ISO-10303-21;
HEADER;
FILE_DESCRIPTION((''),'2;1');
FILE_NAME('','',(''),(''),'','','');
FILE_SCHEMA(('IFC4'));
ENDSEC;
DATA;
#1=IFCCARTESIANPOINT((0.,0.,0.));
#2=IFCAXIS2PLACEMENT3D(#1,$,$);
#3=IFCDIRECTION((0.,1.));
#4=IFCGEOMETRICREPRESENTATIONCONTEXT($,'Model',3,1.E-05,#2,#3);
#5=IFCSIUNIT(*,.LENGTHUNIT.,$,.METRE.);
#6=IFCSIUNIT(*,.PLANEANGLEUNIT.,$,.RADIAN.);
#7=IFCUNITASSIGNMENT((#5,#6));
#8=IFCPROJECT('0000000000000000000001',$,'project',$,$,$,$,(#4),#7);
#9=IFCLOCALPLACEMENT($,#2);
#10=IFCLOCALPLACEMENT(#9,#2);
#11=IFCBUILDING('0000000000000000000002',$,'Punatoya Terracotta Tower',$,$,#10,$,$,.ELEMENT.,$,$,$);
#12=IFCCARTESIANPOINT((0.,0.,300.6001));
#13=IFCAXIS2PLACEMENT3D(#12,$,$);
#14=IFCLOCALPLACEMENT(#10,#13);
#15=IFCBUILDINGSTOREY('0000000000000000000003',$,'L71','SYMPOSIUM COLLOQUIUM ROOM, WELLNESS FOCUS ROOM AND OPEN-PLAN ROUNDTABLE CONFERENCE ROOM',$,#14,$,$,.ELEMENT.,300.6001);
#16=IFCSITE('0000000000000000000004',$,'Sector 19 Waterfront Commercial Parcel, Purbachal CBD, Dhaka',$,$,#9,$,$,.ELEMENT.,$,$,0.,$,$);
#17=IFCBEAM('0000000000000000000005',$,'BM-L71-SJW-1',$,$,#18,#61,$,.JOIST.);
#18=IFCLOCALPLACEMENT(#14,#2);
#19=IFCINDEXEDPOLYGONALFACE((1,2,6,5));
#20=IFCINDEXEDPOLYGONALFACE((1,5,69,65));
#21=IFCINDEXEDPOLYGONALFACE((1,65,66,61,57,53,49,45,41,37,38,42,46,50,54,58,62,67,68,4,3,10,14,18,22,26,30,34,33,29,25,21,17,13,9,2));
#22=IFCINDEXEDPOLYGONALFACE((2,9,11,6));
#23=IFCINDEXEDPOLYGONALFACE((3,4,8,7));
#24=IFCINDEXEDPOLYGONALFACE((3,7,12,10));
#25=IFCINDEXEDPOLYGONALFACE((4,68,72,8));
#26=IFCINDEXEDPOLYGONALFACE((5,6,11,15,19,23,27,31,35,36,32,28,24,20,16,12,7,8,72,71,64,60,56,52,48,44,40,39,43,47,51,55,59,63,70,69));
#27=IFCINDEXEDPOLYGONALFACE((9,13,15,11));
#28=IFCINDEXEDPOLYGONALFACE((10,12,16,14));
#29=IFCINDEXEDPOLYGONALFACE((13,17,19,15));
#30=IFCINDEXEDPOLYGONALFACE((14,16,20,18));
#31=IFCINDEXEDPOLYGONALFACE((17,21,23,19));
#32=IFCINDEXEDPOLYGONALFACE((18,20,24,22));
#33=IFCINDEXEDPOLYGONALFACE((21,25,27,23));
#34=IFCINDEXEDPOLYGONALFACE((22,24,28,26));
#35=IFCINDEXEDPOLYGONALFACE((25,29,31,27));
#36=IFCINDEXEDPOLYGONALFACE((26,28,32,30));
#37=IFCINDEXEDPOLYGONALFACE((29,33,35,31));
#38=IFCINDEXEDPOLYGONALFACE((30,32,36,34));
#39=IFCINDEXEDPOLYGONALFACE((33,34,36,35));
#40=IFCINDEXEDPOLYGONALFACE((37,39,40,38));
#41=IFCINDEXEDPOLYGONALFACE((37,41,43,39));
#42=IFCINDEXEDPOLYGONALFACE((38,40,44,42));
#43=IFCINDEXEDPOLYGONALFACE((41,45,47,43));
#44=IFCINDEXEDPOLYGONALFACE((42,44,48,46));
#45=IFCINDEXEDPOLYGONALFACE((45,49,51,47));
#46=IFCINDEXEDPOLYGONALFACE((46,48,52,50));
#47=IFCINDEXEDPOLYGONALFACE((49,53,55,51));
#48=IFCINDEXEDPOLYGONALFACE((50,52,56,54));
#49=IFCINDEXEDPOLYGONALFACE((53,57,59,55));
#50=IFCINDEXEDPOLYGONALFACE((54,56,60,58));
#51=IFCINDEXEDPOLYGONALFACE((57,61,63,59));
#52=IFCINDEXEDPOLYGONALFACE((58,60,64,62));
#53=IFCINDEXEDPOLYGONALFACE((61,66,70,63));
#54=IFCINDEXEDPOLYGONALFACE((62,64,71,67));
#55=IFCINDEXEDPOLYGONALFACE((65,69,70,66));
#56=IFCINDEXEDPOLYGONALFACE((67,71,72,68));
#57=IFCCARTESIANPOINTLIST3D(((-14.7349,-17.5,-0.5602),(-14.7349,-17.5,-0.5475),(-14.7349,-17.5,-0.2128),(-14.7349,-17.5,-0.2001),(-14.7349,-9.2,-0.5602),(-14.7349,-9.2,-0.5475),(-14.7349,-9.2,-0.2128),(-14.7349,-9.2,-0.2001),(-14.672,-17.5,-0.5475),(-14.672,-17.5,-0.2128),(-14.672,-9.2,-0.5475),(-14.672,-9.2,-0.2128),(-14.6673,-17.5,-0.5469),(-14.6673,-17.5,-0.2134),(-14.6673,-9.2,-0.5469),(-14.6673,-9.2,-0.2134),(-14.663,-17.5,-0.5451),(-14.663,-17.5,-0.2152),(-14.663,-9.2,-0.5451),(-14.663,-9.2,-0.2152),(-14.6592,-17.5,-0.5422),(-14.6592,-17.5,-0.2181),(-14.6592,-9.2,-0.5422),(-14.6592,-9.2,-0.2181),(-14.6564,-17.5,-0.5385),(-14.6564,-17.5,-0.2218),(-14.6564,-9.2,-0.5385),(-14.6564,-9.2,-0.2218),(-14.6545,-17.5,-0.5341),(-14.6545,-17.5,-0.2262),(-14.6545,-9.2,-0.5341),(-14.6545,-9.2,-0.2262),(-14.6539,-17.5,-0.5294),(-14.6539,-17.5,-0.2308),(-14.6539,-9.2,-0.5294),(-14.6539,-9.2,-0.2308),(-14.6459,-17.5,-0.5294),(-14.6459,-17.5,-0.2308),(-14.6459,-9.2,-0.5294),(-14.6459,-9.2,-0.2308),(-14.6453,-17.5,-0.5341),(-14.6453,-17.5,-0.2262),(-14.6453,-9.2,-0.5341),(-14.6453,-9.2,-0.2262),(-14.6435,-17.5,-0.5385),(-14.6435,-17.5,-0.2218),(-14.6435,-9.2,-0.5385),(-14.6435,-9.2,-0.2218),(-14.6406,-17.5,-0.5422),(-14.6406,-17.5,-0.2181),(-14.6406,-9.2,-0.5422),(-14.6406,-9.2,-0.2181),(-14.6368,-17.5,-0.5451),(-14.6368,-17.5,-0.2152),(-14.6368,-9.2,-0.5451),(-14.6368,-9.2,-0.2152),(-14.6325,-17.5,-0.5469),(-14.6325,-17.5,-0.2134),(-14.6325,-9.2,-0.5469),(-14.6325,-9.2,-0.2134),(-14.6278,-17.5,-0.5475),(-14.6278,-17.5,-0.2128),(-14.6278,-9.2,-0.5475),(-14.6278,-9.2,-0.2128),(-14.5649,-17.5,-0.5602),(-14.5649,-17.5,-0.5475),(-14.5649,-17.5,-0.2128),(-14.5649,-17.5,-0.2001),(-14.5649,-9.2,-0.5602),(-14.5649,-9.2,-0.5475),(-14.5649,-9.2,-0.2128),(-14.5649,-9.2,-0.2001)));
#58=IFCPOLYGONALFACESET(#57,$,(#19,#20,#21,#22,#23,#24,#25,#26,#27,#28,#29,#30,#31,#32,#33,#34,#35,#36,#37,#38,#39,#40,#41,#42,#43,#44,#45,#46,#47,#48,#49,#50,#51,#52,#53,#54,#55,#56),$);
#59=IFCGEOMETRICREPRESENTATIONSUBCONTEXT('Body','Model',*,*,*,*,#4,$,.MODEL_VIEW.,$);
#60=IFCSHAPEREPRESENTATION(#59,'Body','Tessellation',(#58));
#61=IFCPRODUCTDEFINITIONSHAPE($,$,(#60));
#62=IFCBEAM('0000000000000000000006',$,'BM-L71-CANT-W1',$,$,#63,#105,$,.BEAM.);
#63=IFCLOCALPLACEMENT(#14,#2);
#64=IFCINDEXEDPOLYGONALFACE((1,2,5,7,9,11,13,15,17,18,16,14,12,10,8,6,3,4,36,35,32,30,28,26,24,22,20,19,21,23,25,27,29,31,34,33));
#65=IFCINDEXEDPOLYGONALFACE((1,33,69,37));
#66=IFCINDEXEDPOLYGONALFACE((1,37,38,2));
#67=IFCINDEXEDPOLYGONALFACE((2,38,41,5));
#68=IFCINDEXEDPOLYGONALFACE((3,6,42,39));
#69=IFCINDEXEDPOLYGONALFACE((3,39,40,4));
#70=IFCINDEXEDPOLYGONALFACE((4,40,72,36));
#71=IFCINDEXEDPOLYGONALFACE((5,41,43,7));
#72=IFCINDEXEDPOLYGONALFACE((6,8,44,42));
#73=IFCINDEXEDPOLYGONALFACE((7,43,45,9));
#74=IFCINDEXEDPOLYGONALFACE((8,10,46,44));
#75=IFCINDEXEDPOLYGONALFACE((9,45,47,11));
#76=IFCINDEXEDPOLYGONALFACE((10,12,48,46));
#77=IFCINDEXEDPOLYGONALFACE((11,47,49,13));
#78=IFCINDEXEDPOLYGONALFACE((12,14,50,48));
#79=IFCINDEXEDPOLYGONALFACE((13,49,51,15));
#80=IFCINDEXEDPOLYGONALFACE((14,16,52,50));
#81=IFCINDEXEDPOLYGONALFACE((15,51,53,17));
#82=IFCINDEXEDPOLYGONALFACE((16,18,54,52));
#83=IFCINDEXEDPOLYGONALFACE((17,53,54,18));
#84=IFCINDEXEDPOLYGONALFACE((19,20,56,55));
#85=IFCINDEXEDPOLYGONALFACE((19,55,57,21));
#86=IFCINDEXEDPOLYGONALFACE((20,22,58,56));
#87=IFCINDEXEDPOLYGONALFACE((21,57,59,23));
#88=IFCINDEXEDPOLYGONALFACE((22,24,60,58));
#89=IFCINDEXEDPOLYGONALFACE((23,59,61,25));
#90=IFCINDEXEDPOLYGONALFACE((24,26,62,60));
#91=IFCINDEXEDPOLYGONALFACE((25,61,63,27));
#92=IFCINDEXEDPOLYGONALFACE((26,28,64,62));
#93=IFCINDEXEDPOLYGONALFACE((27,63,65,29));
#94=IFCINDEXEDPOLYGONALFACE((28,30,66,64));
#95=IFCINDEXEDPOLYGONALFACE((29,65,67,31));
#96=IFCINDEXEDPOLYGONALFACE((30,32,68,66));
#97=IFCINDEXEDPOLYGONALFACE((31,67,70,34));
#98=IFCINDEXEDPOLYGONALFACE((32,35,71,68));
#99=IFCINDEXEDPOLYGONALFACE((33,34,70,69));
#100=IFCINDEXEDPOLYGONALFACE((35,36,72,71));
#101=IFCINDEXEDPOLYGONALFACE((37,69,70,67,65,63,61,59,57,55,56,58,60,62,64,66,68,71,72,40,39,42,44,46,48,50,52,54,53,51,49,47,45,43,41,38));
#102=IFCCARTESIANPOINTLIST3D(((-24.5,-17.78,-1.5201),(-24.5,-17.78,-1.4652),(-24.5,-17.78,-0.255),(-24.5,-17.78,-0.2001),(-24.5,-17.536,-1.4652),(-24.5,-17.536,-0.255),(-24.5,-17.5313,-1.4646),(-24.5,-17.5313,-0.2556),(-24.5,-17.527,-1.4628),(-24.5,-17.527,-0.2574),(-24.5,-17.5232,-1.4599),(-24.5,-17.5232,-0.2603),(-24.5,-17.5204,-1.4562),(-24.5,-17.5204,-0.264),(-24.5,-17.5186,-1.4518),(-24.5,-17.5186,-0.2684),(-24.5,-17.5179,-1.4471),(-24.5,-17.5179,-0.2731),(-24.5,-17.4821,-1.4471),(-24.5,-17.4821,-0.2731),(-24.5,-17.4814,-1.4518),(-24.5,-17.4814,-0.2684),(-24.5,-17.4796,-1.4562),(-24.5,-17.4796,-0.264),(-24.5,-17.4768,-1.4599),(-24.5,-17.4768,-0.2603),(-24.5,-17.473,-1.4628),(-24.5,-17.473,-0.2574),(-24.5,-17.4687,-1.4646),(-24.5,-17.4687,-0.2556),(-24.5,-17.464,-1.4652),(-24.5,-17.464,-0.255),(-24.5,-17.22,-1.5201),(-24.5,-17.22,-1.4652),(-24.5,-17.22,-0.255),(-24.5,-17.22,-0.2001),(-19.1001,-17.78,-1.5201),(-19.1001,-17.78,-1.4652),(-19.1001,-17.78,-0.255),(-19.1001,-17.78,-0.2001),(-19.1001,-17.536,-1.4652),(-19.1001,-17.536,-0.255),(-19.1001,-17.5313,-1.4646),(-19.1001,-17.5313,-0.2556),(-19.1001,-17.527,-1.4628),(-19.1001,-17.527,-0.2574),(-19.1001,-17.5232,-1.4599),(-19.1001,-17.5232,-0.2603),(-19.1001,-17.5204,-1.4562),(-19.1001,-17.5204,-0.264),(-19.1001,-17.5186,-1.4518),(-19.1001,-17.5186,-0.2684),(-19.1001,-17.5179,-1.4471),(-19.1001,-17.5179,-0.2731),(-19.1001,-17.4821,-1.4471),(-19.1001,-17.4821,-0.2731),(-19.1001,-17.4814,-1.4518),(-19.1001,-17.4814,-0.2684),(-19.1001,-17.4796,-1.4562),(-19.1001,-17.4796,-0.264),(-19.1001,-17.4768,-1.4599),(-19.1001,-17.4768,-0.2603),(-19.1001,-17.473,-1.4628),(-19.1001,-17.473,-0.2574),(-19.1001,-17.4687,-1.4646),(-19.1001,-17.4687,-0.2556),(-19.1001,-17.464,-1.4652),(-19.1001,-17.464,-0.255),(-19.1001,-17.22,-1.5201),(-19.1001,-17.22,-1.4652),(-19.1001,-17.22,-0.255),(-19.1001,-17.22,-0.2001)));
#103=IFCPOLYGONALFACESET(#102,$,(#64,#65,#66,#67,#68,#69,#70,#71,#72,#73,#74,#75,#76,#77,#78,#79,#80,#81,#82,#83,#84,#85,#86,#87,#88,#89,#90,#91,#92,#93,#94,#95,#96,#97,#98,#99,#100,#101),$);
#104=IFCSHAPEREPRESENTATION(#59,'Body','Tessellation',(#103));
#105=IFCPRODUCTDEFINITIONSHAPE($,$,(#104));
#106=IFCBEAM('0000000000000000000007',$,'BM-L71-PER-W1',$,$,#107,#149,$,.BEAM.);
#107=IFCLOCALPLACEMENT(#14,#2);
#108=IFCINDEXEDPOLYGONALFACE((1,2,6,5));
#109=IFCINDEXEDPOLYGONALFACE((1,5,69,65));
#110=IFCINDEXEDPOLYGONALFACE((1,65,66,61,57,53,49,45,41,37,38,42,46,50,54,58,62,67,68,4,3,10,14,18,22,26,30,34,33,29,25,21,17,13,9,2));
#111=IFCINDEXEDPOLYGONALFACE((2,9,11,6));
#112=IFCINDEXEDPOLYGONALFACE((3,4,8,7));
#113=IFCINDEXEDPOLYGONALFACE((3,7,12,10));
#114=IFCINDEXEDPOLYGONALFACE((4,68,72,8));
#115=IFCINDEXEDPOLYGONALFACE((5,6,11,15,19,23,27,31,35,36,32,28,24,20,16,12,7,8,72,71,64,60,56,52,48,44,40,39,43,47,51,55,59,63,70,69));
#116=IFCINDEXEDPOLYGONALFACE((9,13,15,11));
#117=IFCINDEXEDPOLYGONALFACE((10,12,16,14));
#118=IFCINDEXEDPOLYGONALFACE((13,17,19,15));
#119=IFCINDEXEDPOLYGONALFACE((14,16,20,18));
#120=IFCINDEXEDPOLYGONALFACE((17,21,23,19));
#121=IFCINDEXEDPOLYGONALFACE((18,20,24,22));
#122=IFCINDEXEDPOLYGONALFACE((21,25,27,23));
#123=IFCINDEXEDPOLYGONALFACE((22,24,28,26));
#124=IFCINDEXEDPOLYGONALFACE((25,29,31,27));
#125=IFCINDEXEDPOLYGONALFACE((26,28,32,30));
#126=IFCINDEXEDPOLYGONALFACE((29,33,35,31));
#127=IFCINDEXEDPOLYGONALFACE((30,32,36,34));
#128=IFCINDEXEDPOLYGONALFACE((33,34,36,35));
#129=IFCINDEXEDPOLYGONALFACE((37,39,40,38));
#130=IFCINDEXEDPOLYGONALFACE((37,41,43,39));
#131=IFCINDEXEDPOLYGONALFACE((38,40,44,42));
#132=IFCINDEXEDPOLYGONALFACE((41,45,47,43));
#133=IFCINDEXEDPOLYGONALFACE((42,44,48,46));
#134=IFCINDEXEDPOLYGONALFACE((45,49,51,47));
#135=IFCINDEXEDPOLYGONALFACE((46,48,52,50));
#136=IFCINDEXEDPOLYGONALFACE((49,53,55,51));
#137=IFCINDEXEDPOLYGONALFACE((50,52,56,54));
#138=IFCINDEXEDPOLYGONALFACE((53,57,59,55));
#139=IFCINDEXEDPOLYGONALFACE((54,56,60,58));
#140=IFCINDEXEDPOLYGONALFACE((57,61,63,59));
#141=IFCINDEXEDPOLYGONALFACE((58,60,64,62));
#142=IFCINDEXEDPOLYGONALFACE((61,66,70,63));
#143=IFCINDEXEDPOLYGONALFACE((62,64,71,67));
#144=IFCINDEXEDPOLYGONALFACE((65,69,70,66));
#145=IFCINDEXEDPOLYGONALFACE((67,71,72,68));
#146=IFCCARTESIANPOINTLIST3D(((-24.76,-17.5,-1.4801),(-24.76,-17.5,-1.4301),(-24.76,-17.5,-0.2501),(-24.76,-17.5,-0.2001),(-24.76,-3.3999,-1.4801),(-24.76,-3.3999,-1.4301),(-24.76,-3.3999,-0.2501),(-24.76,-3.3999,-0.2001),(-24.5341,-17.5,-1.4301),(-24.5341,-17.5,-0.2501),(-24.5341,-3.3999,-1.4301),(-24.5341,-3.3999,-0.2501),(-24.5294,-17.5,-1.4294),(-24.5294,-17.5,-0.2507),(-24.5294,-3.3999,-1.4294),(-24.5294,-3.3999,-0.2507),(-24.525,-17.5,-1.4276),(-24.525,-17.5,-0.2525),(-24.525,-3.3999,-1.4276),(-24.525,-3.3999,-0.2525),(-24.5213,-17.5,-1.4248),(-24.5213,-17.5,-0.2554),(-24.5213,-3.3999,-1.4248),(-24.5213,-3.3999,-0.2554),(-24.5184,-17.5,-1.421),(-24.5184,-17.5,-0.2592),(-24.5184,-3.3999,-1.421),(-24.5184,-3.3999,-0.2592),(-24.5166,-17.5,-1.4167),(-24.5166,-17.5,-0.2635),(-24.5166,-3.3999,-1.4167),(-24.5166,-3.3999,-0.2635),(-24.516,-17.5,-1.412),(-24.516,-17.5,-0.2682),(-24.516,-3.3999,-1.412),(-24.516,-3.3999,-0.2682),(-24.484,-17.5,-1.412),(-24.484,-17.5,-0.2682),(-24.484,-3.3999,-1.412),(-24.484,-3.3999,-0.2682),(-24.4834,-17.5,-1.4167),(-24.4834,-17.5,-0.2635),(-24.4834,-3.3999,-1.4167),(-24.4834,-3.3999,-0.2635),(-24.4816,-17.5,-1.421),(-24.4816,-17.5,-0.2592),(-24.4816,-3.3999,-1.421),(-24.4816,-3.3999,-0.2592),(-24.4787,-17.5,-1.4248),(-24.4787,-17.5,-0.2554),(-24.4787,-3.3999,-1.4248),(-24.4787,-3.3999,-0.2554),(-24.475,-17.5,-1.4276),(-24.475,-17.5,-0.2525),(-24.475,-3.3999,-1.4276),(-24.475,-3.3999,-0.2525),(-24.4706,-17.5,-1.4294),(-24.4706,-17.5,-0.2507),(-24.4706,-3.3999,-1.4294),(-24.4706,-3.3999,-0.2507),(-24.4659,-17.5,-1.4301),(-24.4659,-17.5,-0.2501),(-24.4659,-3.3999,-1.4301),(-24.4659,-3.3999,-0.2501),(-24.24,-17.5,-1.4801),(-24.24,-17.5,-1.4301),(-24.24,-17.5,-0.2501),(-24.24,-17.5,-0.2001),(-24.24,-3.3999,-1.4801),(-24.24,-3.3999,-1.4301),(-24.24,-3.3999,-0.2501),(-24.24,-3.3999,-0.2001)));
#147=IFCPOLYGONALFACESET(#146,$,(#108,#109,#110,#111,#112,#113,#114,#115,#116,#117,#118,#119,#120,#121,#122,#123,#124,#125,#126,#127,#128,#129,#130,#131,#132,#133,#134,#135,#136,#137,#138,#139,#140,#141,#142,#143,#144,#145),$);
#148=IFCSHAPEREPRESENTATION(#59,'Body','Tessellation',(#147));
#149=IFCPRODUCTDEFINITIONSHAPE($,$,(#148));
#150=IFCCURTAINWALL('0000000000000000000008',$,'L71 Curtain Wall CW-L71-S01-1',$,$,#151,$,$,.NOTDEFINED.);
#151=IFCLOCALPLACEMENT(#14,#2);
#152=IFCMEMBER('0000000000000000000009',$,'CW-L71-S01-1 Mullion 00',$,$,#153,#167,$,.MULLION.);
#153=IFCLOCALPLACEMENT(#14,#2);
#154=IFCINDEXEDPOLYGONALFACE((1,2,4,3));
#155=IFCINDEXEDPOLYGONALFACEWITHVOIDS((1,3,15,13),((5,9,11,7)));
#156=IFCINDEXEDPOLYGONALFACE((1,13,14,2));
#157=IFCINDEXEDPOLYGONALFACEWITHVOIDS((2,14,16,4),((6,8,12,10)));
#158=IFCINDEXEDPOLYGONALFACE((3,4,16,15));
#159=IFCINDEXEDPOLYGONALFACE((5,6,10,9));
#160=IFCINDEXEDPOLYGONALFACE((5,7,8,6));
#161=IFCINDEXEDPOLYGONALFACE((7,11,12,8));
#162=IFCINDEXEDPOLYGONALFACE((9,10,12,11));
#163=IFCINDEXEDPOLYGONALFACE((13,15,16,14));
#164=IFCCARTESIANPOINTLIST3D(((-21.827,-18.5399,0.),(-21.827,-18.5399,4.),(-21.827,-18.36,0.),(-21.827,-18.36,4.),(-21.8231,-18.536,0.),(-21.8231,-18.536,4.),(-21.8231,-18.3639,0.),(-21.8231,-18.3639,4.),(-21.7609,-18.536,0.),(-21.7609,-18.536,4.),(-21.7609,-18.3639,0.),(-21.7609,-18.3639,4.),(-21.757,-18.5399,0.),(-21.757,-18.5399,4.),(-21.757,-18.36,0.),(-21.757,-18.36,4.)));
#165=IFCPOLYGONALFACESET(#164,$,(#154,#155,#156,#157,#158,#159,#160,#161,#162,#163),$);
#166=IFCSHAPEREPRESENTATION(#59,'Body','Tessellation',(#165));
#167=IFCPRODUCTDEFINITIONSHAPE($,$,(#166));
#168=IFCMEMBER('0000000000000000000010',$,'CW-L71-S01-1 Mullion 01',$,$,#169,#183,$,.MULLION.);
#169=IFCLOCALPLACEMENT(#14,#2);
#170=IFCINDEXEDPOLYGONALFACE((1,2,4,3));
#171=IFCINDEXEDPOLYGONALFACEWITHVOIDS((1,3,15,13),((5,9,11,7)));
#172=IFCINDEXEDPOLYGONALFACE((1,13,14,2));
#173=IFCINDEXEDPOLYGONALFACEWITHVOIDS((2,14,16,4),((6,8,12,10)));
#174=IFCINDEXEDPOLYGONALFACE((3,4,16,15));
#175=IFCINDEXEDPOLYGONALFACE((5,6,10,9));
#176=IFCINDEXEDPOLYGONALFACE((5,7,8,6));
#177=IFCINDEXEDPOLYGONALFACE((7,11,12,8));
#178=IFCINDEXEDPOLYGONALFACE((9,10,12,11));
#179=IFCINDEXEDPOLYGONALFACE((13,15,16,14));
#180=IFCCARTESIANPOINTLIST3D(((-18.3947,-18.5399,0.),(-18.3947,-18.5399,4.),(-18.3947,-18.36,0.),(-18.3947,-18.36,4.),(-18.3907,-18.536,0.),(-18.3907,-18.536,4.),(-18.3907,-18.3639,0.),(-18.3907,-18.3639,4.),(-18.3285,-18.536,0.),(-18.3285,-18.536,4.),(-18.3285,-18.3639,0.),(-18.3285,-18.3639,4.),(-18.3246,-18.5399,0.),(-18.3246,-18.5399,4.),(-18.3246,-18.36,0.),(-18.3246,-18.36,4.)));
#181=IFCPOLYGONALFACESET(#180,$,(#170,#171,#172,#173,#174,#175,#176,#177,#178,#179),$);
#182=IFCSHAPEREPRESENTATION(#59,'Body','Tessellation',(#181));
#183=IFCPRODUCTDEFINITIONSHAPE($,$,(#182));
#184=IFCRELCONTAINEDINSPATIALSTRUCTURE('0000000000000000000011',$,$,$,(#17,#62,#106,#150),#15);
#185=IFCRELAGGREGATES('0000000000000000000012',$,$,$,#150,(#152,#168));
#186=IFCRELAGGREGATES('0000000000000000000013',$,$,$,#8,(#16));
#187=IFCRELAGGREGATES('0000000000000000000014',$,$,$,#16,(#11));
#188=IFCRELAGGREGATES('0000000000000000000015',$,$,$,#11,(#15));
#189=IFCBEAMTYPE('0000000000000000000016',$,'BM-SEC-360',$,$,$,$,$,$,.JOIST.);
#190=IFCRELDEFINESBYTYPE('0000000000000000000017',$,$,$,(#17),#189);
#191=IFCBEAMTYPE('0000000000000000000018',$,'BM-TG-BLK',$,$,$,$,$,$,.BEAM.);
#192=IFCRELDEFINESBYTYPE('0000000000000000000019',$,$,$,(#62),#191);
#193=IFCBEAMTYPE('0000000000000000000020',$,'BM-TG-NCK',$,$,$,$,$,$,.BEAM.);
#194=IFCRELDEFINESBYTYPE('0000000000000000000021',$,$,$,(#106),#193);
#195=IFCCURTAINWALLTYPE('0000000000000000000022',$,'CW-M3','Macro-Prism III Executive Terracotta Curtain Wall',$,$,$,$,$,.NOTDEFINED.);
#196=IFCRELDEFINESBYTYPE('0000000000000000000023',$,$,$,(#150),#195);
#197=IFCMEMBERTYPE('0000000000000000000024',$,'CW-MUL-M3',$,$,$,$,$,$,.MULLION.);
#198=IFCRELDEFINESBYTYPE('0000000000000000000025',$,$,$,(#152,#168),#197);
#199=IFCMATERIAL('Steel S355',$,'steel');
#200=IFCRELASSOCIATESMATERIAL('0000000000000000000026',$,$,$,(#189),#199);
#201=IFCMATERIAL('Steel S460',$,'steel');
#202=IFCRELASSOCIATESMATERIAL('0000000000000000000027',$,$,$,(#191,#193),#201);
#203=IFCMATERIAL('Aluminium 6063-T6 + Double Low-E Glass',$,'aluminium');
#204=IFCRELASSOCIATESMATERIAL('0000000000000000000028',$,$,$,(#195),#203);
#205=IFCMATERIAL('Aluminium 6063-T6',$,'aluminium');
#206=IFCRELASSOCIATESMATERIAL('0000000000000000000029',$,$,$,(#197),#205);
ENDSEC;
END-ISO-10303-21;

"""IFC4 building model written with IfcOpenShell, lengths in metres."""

from ifc_helpers import new_model, si_unit, direction, frame, origin, origin_2d, place, context, subcontext, project, spatial, hollow_rectangle, i_section, extrude, material, material_profile, profile_set, type_object, element, aggregate, save


model = new_model("IFC4")

# Units and contexts
model_context = context("Model", 3, precision=1e-05, world=origin(), true_north=direction((0.0, 1.0)))
body_context = subcontext(model_context, "Body", "Model", "MODEL_VIEW")
ifc_project = project(units=[si_unit("LENGTHUNIT", "METRE"), si_unit("PLANEANGLEUNIT", "RADIAN")], contexts=[model_context])

# Site, building, storey
site_placement = place(None, origin())
site = spatial("IfcSite", under=ifc_project, at=site_placement, Name="Sector 19 Waterfront Commercial Parcel, Purbachal CBD, Dhaka", CompositionType="ELEMENT", RefElevation=0.0)
building_placement = place(site_placement, origin())
building = spatial("IfcBuilding", under=site, at=building_placement, Name="Punatoya Terracotta Tower", CompositionType="ELEMENT")
storey_placement = place(building_placement, frame((0.0, 0.0, 300.6001)))
storey = spatial("IfcBuildingStorey", under=building, at=storey_placement, Name="L71", Description="SYMPOSIUM COLLOQUIUM ROOM, WELLNESS FOCUS ROOM AND OPEN-PLAN ROUNDTABLE CONFERENCE ROOM", CompositionType="ELEMENT", Elevation=300.6001)

# Shared definitions
ifc_material_1 = material(Name="Steel S460", Category="steel")

# Beams
ifc_material_2 = material(Name="Steel S355", Category="steel")
ifc_material_profile_1 = material_profile(ifc_material_2, i_section(OverallWidth=0.1699, OverallDepth=0.3601, WebThickness=0.0081, FlangeThickness=0.0127, FilletRadius=0.0181, at=origin_2d()))
ifc_profile_set_1 = profile_set([ifc_material_profile_1], Name="Steel S355")
beam_type_1 = type_object("IfcBeamType", Name="BM-SEC-360", PredefinedType="JOIST", material=ifc_profile_set_1)
beam_1_placement = place(storey_placement, frame((-14.6499, -17.5, -0.3801), z_axis=(0.0, 1.0, 0.0), x_axis=(-1.0, 0.0, 0.0)))
element("IfcBeam", 1, at=beam_1_placement, inside=storey, type_object=beam_type_1, Name="BM-L71-SJW-1", PredefinedType="JOIST", context=body_context, shape_type="SweptSolid", body=[
    extrude(i_section(OverallWidth=0.1699, OverallDepth=0.3601, WebThickness=0.0081, FlangeThickness=0.0127, FilletRadius=0.0181, at=origin_2d()), origin(), (0.0, 0.0, 1.0), 8.3),
])
ifc_material_profile_2 = material_profile(ifc_material_1, i_section(OverallWidth=0.5601, OverallDepth=1.3201, WebThickness=0.0359, FlangeThickness=0.0549, FilletRadius=0.0181, at=origin_2d()))
ifc_profile_set_2 = profile_set([ifc_material_profile_2], Name="Steel S460")
beam_type_2 = type_object("IfcBeamType", Name="BM-TG-BLK", PredefinedType="BEAM", material=ifc_profile_set_2)
beam_2_placement = place(storey_placement, frame((-24.5, -17.5, -0.8601), z_axis=(1.0, 0.0, 0.0), x_axis=(0.0, 1.0, 0.0)))
element("IfcBeam", 2, at=beam_2_placement, inside=storey, type_object=beam_type_2, Name="BM-L71-CANT-W1", PredefinedType="BEAM", context=body_context, shape_type="SweptSolid", body=[
    extrude(i_section(OverallWidth=0.5601, OverallDepth=1.3201, WebThickness=0.0359, FlangeThickness=0.0549, FilletRadius=0.0181, at=origin_2d()), origin(), (0.0, 0.0, 1.0), 5.3999),
])
ifc_material_profile_3 = material_profile(ifc_material_1, i_section(OverallWidth=0.52, OverallDepth=1.28, WebThickness=0.032, FlangeThickness=0.05, FilletRadius=0.0181, at=origin_2d()))
ifc_profile_set_3 = profile_set([ifc_material_profile_3], Name="Steel S460")
beam_type_3 = type_object("IfcBeamType", Name="BM-TG-NCK", PredefinedType="BEAM", material=ifc_profile_set_3)
beam_3_placement = place(storey_placement, frame((-24.5, -17.5, -0.8401), z_axis=(0.0, 1.0, 0.0), x_axis=(-1.0, 0.0, 0.0)))
element("IfcBeam", 3, at=beam_3_placement, inside=storey, type_object=beam_type_3, Name="BM-L71-PER-W1", PredefinedType="BEAM", context=body_context, shape_type="SweptSolid", body=[
    extrude(i_section(OverallWidth=0.52, OverallDepth=1.28, WebThickness=0.032, FlangeThickness=0.05, FilletRadius=0.0181, at=origin_2d()), origin(), (0.0, 0.0, 1.0), 14.1001),
])

# Curtain wall, members
ifc_material_3 = material(Name="Aluminium 6063-T6 + Double Low-E Glass", Category="aluminium")
curtain_wall_type = type_object("IfcCurtainWallType", Name="CW-M3", Description="Macro-Prism III Executive Terracotta Curtain Wall", PredefinedType="NOTDEFINED", material=ifc_material_3)
curtain_wall_1_placement = place(storey_placement, origin())
curtain_wall_1 = element("IfcCurtainWall", 4, at=curtain_wall_1_placement, inside=storey, type_object=curtain_wall_type, Name="L71 Curtain Wall CW-L71-S01-1", PredefinedType="NOTDEFINED")
ifc_material_4 = material(Name="Aluminium 6063-T6", Category="aluminium")
ifc_material_profile_4 = material_profile(ifc_material_4, hollow_rectangle(XDim=0.0701, YDim=0.1799, WallThickness=0.0039, at=origin_2d()))
ifc_profile_set_4 = profile_set([ifc_material_profile_4], Name="Aluminium 6063-T6")
member_type_1 = type_object("IfcMemberType", Name="CW-MUL-M3", PredefinedType="MULLION", material=ifc_profile_set_4)
member_1_placement = place(storey_placement, frame((-21.792, -18.45, 0.0), z_axis=(0.0, 0.0, 1.0), x_axis=(1.0, 0.0, 0.0)))
member_1 = element("IfcMember", 5, at=member_1_placement, type_object=member_type_1, Name="CW-L71-S01-1 Mullion 00", PredefinedType="MULLION", context=body_context, shape_type="SweptSolid", body=[
    extrude(hollow_rectangle(XDim=0.0701, YDim=0.1799, WallThickness=0.0039, at=origin_2d()), origin(), (0.0, 0.0, 1.0), 4.0),
])
member_2_placement = place(storey_placement, frame((-18.3596, -18.45, 0.0), z_axis=(0.0, 0.0, 1.0), x_axis=(1.0, 0.0, 0.0)))
member_2 = element("IfcMember", 6, at=member_2_placement, type_object=member_type_1, Name="CW-L71-S01-1 Mullion 01", PredefinedType="MULLION", context=body_context, shape_type="SweptSolid", body=[
    extrude(hollow_rectangle(XDim=0.0701, YDim=0.1799, WallThickness=0.0039, at=origin_2d()), origin(), (0.0, 0.0, 1.0), 4.0),
])

aggregate(curtain_wall_1, [member_1, member_2])

save(model, "model.ifc")
